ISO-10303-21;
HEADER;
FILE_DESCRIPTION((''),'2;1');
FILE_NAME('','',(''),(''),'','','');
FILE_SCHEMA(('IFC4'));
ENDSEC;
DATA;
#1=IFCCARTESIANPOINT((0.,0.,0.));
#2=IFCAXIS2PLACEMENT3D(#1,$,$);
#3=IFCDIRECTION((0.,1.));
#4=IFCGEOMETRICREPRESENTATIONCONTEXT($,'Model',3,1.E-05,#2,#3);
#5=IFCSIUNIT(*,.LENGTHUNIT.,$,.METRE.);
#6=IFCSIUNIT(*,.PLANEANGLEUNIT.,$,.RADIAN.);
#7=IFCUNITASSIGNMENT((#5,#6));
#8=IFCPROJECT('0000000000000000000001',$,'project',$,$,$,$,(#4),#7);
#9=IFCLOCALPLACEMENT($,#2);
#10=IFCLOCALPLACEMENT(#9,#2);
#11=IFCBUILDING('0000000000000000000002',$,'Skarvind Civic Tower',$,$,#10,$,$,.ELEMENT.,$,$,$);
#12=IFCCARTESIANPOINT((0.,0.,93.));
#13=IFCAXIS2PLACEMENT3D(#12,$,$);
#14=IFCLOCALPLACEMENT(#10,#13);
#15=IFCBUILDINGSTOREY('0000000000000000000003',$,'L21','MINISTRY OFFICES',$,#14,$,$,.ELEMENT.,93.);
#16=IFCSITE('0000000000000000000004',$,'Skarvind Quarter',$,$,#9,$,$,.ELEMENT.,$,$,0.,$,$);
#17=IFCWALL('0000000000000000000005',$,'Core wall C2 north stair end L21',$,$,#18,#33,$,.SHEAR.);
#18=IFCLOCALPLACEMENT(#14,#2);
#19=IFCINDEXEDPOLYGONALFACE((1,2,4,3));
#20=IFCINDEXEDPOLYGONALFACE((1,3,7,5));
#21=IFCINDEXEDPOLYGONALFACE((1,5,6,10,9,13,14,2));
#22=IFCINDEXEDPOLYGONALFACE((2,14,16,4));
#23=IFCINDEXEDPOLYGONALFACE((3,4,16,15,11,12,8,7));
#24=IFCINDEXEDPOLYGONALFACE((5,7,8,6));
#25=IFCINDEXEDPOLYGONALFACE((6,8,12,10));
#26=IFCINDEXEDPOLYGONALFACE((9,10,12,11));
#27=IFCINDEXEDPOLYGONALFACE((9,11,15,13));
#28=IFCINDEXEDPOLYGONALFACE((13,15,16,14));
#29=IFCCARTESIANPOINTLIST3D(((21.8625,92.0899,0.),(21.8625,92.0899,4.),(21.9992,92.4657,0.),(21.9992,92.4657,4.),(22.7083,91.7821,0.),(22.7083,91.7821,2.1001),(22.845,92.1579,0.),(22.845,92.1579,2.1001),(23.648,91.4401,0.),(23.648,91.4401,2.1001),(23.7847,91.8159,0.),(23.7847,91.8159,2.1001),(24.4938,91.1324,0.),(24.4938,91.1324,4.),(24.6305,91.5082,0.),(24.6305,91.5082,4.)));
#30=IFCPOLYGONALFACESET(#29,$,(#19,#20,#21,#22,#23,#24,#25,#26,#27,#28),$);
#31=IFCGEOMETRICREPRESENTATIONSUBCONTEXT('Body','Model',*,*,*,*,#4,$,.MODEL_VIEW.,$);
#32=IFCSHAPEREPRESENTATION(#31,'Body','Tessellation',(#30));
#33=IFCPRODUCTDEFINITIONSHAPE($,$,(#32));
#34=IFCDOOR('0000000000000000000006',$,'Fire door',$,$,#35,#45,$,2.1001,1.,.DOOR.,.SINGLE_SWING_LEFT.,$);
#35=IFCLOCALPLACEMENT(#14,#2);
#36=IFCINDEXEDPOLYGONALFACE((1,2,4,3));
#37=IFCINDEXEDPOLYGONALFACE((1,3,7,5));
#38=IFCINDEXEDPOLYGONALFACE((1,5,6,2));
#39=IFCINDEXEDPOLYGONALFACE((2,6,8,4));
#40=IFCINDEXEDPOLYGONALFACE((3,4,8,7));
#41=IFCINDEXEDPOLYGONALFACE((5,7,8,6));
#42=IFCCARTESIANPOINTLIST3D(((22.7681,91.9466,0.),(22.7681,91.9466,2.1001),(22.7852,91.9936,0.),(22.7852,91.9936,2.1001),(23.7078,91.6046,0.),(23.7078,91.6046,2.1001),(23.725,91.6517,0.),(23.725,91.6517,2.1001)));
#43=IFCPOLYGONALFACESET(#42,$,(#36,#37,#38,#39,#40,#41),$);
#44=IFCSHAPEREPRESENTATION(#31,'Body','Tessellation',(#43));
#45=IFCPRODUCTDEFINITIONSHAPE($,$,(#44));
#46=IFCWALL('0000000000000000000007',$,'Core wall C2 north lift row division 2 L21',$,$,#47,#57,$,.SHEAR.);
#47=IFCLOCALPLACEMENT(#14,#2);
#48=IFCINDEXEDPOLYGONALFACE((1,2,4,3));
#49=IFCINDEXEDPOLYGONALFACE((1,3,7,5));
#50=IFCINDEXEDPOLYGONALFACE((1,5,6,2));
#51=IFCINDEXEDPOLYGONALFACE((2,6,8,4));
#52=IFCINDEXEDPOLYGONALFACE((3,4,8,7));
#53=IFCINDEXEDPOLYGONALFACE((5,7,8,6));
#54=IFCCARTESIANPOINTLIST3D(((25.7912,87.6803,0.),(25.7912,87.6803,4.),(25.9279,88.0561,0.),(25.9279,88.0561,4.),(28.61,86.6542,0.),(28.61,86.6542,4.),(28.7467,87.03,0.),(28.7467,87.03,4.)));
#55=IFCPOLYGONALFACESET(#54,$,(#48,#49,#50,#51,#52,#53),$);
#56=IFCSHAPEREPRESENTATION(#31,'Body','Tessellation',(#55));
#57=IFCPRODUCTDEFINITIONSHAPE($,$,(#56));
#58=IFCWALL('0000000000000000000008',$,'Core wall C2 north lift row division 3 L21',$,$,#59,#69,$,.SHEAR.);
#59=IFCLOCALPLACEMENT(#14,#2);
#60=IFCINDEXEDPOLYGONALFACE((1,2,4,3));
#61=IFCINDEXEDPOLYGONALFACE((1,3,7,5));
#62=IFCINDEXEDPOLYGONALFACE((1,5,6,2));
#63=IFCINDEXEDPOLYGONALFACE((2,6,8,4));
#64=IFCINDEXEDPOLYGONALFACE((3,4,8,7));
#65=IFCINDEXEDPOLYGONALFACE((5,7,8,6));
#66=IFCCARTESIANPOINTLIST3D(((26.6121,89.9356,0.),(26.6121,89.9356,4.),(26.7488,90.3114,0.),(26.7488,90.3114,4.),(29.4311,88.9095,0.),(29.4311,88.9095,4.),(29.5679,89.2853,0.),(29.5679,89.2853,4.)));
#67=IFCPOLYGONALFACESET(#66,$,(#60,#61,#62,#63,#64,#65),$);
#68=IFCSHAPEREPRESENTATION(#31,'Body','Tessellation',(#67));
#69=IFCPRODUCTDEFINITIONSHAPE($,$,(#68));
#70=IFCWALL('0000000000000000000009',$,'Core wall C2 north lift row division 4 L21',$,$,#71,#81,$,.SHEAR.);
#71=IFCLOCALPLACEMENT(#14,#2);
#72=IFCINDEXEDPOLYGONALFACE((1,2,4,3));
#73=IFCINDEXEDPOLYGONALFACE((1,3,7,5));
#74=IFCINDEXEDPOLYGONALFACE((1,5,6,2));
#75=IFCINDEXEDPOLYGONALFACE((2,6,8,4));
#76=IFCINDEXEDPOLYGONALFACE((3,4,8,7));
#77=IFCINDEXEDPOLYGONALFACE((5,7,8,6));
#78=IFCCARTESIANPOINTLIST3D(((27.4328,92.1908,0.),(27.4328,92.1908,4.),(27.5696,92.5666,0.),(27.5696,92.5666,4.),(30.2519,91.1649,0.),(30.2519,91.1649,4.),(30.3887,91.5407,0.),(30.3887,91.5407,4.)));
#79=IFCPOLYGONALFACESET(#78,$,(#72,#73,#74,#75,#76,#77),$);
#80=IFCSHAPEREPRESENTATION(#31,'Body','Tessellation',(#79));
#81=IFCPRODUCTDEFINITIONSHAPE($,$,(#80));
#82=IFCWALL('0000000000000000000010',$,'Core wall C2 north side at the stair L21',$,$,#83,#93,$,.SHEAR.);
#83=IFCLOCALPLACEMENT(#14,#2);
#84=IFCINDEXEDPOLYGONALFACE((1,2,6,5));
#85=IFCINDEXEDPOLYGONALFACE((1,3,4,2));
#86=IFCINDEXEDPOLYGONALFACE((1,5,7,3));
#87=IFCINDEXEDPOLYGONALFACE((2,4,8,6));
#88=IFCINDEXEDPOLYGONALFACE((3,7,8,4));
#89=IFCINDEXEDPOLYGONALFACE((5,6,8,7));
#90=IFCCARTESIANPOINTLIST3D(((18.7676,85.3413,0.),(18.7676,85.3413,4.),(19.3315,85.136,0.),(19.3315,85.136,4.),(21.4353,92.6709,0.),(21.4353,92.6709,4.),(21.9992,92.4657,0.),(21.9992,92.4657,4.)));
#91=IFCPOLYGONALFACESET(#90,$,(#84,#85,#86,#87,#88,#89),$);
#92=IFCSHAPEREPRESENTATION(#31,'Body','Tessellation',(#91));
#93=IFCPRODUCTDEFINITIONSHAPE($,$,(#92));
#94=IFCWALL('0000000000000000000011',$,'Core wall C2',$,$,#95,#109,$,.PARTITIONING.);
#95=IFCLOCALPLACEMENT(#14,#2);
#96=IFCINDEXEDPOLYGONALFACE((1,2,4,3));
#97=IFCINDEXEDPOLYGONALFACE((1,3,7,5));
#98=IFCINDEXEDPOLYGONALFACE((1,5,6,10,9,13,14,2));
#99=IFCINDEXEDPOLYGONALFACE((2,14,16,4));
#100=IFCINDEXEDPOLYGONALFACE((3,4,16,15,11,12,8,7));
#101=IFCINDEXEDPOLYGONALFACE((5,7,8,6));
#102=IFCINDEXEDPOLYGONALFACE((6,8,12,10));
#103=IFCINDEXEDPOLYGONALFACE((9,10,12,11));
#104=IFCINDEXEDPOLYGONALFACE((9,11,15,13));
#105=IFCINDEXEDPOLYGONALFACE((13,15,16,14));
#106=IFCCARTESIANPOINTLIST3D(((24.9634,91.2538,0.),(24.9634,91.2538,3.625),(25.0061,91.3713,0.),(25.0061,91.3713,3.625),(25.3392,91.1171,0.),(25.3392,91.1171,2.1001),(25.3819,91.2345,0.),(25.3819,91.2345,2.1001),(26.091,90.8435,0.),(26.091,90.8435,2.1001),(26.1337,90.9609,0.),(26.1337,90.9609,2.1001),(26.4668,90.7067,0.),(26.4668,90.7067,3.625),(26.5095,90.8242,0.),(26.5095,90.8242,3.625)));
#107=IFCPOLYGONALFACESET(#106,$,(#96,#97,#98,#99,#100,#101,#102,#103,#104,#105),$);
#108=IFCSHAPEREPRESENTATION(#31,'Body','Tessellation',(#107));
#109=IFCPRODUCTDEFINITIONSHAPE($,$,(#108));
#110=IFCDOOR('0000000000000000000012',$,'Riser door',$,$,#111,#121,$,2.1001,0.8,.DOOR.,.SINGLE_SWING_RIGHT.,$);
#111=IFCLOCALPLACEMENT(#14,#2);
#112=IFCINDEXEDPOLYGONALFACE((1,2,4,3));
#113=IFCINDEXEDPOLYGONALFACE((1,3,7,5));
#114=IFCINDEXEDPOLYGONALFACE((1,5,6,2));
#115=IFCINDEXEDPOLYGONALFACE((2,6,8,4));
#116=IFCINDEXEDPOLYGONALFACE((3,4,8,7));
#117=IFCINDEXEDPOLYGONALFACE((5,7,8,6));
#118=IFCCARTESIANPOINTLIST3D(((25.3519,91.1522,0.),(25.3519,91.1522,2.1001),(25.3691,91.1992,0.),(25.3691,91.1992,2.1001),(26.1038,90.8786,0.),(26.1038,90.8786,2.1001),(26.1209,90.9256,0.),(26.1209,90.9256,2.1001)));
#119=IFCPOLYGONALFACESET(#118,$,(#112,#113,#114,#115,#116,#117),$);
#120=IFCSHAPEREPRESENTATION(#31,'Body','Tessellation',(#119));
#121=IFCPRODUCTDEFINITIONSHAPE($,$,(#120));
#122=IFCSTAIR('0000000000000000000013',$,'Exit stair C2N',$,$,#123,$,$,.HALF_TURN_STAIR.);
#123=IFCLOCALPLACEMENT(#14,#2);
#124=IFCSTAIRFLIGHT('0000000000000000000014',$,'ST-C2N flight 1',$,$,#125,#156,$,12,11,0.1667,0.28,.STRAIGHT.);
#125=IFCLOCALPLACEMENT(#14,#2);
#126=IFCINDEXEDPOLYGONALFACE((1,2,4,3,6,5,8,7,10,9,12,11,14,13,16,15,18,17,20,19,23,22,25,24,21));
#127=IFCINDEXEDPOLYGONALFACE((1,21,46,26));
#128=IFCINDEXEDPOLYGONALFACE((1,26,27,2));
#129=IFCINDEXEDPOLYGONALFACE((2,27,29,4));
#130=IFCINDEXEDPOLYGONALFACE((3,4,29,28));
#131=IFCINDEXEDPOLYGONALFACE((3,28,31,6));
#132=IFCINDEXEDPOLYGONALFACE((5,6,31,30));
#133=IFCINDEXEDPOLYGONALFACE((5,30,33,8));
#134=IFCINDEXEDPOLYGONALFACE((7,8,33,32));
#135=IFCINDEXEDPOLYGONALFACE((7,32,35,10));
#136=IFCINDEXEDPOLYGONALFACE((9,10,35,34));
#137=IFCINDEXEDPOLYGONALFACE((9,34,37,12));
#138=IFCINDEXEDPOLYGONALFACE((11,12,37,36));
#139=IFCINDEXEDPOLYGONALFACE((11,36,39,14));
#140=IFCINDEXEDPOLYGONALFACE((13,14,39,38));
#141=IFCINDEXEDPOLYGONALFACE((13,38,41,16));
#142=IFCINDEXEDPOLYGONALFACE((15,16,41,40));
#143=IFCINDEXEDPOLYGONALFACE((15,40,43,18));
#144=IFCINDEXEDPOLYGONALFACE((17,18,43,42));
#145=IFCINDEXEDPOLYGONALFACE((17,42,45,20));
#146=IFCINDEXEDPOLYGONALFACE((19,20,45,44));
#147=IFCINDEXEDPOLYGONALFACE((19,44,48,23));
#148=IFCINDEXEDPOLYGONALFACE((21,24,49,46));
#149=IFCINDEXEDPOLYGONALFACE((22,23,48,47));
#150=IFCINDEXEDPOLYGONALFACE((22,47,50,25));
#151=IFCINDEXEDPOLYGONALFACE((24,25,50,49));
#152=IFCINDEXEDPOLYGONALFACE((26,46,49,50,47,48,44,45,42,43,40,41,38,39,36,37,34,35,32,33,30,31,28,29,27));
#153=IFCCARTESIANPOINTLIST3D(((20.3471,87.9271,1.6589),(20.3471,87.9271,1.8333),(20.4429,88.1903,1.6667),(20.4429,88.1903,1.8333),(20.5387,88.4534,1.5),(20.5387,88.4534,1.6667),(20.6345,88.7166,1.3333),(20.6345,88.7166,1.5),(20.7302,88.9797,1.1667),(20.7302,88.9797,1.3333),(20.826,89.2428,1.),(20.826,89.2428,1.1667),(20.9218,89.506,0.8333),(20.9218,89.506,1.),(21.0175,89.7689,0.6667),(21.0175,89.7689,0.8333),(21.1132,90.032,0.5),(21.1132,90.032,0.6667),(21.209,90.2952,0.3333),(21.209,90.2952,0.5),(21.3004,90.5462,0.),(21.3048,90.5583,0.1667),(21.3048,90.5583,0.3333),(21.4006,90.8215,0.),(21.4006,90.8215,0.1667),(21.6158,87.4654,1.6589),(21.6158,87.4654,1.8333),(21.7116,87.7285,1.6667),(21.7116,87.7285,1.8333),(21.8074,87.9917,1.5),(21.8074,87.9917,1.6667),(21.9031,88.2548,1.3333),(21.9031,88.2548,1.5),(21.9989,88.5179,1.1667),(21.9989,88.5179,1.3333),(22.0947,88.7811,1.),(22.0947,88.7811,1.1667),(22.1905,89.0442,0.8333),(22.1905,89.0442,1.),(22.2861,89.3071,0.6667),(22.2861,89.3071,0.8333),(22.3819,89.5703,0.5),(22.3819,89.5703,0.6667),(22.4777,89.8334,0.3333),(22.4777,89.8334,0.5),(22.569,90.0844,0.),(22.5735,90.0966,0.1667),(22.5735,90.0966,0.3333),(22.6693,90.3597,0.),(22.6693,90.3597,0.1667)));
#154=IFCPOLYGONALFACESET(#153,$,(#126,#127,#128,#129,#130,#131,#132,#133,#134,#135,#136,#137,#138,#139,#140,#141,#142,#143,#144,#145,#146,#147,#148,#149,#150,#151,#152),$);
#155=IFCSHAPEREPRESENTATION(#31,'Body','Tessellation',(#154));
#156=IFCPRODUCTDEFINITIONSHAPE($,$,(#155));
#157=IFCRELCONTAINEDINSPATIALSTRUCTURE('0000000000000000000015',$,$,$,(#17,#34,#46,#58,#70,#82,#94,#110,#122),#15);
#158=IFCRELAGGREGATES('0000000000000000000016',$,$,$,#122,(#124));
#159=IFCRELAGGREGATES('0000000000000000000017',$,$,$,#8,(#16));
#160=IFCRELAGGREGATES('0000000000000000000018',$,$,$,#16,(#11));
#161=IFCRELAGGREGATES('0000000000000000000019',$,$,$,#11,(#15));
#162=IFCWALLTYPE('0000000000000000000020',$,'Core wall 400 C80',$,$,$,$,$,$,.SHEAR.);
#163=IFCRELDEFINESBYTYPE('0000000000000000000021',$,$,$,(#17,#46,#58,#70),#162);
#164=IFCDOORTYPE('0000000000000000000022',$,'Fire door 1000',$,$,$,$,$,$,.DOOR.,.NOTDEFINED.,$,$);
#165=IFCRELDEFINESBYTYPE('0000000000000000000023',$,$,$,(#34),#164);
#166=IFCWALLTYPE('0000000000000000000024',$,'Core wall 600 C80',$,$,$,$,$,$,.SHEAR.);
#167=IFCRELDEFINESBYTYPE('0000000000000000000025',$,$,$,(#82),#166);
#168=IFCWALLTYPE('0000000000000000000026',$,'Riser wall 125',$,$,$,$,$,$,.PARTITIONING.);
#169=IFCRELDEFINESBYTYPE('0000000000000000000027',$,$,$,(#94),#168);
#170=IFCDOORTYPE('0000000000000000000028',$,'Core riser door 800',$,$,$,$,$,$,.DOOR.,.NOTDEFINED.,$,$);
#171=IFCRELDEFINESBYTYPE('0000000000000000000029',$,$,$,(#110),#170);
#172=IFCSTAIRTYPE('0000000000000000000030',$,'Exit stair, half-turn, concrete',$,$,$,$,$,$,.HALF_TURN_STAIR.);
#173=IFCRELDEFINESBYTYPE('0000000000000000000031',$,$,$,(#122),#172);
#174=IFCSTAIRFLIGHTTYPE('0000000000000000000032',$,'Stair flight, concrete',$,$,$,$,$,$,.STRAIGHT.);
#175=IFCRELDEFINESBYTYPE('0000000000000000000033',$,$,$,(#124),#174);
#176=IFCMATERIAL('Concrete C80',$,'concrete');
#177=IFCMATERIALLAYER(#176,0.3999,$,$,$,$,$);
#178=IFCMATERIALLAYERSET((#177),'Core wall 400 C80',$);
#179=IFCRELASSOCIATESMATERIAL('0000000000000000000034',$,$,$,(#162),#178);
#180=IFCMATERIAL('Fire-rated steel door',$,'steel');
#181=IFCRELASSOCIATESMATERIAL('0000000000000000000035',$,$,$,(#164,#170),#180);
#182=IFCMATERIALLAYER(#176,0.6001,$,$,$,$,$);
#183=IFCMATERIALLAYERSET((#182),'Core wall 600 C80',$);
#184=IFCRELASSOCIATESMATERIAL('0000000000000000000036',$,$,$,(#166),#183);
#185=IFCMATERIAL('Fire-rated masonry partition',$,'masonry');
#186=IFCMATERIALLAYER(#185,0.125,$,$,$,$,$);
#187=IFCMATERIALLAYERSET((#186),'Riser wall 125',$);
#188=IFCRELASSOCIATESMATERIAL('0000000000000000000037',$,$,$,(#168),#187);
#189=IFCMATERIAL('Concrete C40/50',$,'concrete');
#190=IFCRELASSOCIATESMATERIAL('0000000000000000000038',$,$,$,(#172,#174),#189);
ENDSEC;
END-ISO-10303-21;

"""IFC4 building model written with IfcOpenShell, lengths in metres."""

from ifc_helpers import new_model, si_unit, direction, frame, frame_2d, origin, place, context, subcontext, project, spatial, polyline, rectangle, outline, extrude, material, layer, layer_set, type_object, element, fill, aggregate, save


model = new_model("IFC4")

# Units and contexts
model_context = context("Model", 3, precision=1e-05, world=origin(), true_north=direction((0.0, 1.0)))
body_context = subcontext(model_context, "Body", "Model", "MODEL_VIEW")
ifc_project = project(units=[si_unit("LENGTHUNIT", "METRE"), si_unit("PLANEANGLEUNIT", "RADIAN")], contexts=[model_context])

# Site, building, storey
site_placement = place(None, origin())
site = spatial("IfcSite", under=ifc_project, at=site_placement, Name="Skarvind Quarter", CompositionType="ELEMENT", RefElevation=0.0)
building_placement = place(site_placement, origin())
building = spatial("IfcBuilding", under=site, at=building_placement, Name="Skarvind Civic Tower", CompositionType="ELEMENT")
storey_placement = place(building_placement, frame((0.0, 0.0, 93.0)))
storey = spatial("IfcBuildingStorey", under=building, at=storey_placement, Name="L21", Description="MINISTRY OFFICES", CompositionType="ELEMENT", Elevation=93.0)

# Wall, opening, door
ifc_material_1 = material(Name="Concrete C80", Category="concrete")
ifc_layer_1 = layer(ifc_material_1, 0.3999)
ifc_layer_set_1 = layer_set([ifc_layer_1], Name="Core wall 400 C80")
wall_type_1 = type_object("IfcWallType", Name="Core wall 400 C80", PredefinedType="SHEAR", material=ifc_layer_set_1)
wall_1_placement = place(storey_placement, frame((24.562, 91.3203, 0.0), z_axis=(0.0, 0.0, 1.0), x_axis=(-0.939717, 0.341953, 0.0)))
wall_1 = element("IfcWall", 1, at=wall_1_placement, inside=storey, type_object=wall_type_1, Name="Core wall C2 north stair end L21", PredefinedType="SHEAR", context=body_context, shape_type="SweptSolid", body=[
    extrude(rectangle(XDim=2.8, YDim=0.3999, at=frame_2d((1.3999, 0.0))), origin(), (0.0, 0.0, 1.0), 4.0),
])
opening_1_placement = place(wall_1_placement, frame((0.8999, 0.0, 0.0)))
opening_1 = element("IfcOpeningElement", 2, at=opening_1_placement, cuts=wall_1, PredefinedType="OPENING", context=body_context, shape_type="SweptSolid", body=[
    extrude(rectangle(XDim=1.0, YDim=2.1001, at=frame_2d((0.5, 1.05))), frame((0.0, 0.21, 0.0), z_axis=(0.0, -1.0, 0.0), x_axis=(1.0, 0.0, 0.0)), (0.0, 0.0, 1.0), 0.4199),
])
ifc_material_2 = material(Name="Fire-rated steel door", Category="steel")
door_type_1 = type_object("IfcDoorType", Name="Fire door 1000", OperationType="NOTDEFINED", PredefinedType="DOOR", material=ifc_material_2)
door_1_placement = place(opening_1_placement, origin())
door_1 = element("IfcDoor", 3, at=door_1_placement, inside=storey, type_object=door_type_1, Name="Fire door", OperationType="SINGLE_SWING_LEFT", OverallHeight=2.1001, OverallWidth=1.0, PredefinedType="DOOR", context=body_context, shape_type="SweptSolid", body=[
    extrude(rectangle(XDim=1.0, YDim=2.1001, at=frame_2d((0.5, 1.05))), frame((0.0, 0.0249, 0.0), z_axis=(0.0, -1.0, 0.0), x_axis=(1.0, 0.0, 0.0)), (0.0, 0.0, 1.0), 0.05),
])
fill(opening_1, door_1)

# Walls
wall_2_placement = place(storey_placement, frame((28.6785, 86.842, 0.0), z_axis=(0.0, 0.0, 1.0), x_axis=(-0.939677, 0.342063, 0.0)))
element("IfcWall", 4, at=wall_2_placement, inside=storey, type_object=wall_type_1, Name="Core wall C2 north lift row division 2 L21", PredefinedType="SHEAR", context=body_context, shape_type="SweptSolid", body=[
    extrude(rectangle(XDim=2.9998, YDim=0.3999, at=frame_2d((1.5, 0.0))), origin(), (0.0, 0.0, 1.0), 4.0),
])
for number, where, z_axis, x_axis, name in (
    (5, (29.4995, 89.0974, 0.0), (0.0, 0.0, 1.0), (-0.939686, 0.342037, 0.0), "Core wall C2 north lift row division 3 L21"),
    (6, (30.3203, 91.3528, 0.0), (0.0, 0.0, 1.0), (-0.939713, 0.341965, 0.0), "Core wall C2 north lift row division 4 L21"),
):
    element("IfcWall", number, at=place(storey_placement, frame(where, z_axis=z_axis, x_axis=x_axis)), inside=storey, type_object=wall_type_1, Name=name, PredefinedType="SHEAR", context=body_context, shape_type="SweptSolid", body=[
        extrude(rectangle(XDim=3.0, YDim=0.3999, at=frame_2d((1.5, 0.0))), origin(), (0.0, 0.0, 1.0), 4.0),
    ])
ifc_layer_2 = layer(ifc_material_1, 0.6001)
ifc_layer_set_2 = layer_set([ifc_layer_2], Name="Core wall 600 C80")
wall_type_2 = type_object("IfcWallType", Name="Core wall 600 C80", PredefinedType="SHEAR", material=ifc_layer_set_2)
wall_3_placement = place(storey_placement, frame((19.0496, 85.2388, 0.0), z_axis=(0.0, 0.0, 1.0), x_axis=(0.342017, 0.939694, 0.0)))
element("IfcWall", 7, at=wall_3_placement, inside=storey, type_object=wall_type_2, Name="Core wall C2 north side at the stair L21", PredefinedType="SHEAR", context=body_context, shape_type="SweptSolid", body=[
    extrude(rectangle(XDim=7.8, YDim=0.6001, at=frame_2d((3.8999, 0.0))), origin(), (0.0, 0.0, 1.0), 4.0),
])

# Wall, opening, door
ifc_material_3 = material(Name="Fire-rated masonry partition", Category="masonry")
ifc_layer_3 = layer(ifc_material_3, 0.125)
ifc_layer_set_3 = layer_set([ifc_layer_3], Name="Riser wall 125")
wall_type_3 = type_object("IfcWallType", Name="Riser wall 125", PredefinedType="PARTITIONING", material=ifc_layer_set_3)
wall_4_placement = place(storey_placement, frame((24.9849, 91.3125, 0.0), z_axis=(0.0, 0.0, 1.0), x_axis=(0.939709, -0.341976, 0.0)))
wall_4 = element("IfcWall", 8, at=wall_4_placement, inside=storey, type_object=wall_type_3, Name="Core wall C2", PredefinedType="PARTITIONING", context=body_context, shape_type="SweptSolid", body=[
    extrude(rectangle(XDim=1.5999, YDim=0.125, at=frame_2d((0.7998, 0.0))), origin(), (0.0, 0.0, 1.0), 3.625),
])
opening_2_placement = place(wall_4_placement, frame((0.3999, 0.0, 0.0)))
opening_2 = element("IfcOpeningElement", 9, at=opening_2_placement, cuts=wall_4, PredefinedType="OPENING", context=body_context, shape_type="SweptSolid", body=[
    extrude(rectangle(XDim=0.8, YDim=2.1001, at=frame_2d((0.3999, 1.05))), frame((0.0, 0.0725, 0.0), z_axis=(0.0, -1.0, 0.0), x_axis=(1.0, 0.0, 0.0)), (0.0, 0.0, 1.0), 0.145),
])
door_type_2 = type_object("IfcDoorType", Name="Core riser door 800", OperationType="NOTDEFINED", PredefinedType="DOOR", material=ifc_material_2)
door_2_placement = place(opening_2_placement, origin())
door_2 = element("IfcDoor", 10, at=door_2_placement, inside=storey, type_object=door_type_2, Name="Riser door", OperationType="SINGLE_SWING_RIGHT", OverallHeight=2.1001, OverallWidth=0.8, PredefinedType="DOOR", context=body_context, shape_type="SweptSolid", body=[
    extrude(rectangle(XDim=0.8, YDim=2.1001, at=frame_2d((0.3999, 1.05))), frame((0.0, 0.0249, 0.0), z_axis=(0.0, -1.0, 0.0), x_axis=(1.0, 0.0, 0.0)), (0.0, 0.0, 1.0), 0.05),
])
fill(opening_2, door_2)

# Stair, stair flight
ifc_material_4 = material(Name="Concrete C40/50", Category="concrete")
stair_type = type_object("IfcStairType", Name="Exit stair, half-turn, concrete", PredefinedType="HALF_TURN_STAIR", material=ifc_material_4)
stair_placement = place(storey_placement, origin())
stair = element("IfcStair", 11, at=stair_placement, inside=storey, type_object=stair_type, Name="Exit stair C2N", PredefinedType="HALF_TURN_STAIR")
stair_flight_type = type_object("IfcStairFlightType", Name="Stair flight, concrete", PredefinedType="STRAIGHT", material=ifc_material_4)
stair_flight_1_placement = place(storey_placement, frame((22.0349, 90.5906, 0.0), z_axis=(0.0, 0.0, 1.0), x_axis=(-0.34202, -0.939693, 0.0)))
stair_flight_1 = element("IfcStairFlight", 12, at=stair_flight_1_placement, type_object=stair_flight_type, Name="ST-C2N flight 1", NumberOfRisers=12, NumberOfTreads=11, PredefinedType="STRAIGHT", RiserHeight=0.1667, TreadLength=0.28, context=body_context, shape_type="SweptSolid", body=[
    extrude(outline(polyline([(0.0, 0.0), (0.0, 0.1667), (0.28, 0.1667), (0.28, 0.3333), (0.5601, 0.3333), (0.5601, 0.5), (0.8401, 0.5), (0.8401, 0.6667), (1.1201, 0.6667), (1.1201, 0.8333), (1.3999, 0.8333), (1.3999, 1.0), (1.6799, 1.0), (1.6799, 1.1667), (1.96, 1.1667), (1.96, 1.3333), (2.24, 1.3333), (2.24, 1.5), (2.52, 1.5), (2.52, 1.6667), (2.8, 1.6667), (2.8, 1.8333), (3.0801, 1.8333), (3.0801, 2.0), (3.0801, 1.6589), (0.293, 0.0), (0.0, 0.0)])), frame((0.0, 0.675, 0.0), z_axis=(0.0, -1.0, 0.0), x_axis=(1.0, 0.0, 0.0)), (0.0, 0.0, 1.0), 1.3501),
])
aggregate(stair, [stair_flight_1])

save(model, "model.ifc")
